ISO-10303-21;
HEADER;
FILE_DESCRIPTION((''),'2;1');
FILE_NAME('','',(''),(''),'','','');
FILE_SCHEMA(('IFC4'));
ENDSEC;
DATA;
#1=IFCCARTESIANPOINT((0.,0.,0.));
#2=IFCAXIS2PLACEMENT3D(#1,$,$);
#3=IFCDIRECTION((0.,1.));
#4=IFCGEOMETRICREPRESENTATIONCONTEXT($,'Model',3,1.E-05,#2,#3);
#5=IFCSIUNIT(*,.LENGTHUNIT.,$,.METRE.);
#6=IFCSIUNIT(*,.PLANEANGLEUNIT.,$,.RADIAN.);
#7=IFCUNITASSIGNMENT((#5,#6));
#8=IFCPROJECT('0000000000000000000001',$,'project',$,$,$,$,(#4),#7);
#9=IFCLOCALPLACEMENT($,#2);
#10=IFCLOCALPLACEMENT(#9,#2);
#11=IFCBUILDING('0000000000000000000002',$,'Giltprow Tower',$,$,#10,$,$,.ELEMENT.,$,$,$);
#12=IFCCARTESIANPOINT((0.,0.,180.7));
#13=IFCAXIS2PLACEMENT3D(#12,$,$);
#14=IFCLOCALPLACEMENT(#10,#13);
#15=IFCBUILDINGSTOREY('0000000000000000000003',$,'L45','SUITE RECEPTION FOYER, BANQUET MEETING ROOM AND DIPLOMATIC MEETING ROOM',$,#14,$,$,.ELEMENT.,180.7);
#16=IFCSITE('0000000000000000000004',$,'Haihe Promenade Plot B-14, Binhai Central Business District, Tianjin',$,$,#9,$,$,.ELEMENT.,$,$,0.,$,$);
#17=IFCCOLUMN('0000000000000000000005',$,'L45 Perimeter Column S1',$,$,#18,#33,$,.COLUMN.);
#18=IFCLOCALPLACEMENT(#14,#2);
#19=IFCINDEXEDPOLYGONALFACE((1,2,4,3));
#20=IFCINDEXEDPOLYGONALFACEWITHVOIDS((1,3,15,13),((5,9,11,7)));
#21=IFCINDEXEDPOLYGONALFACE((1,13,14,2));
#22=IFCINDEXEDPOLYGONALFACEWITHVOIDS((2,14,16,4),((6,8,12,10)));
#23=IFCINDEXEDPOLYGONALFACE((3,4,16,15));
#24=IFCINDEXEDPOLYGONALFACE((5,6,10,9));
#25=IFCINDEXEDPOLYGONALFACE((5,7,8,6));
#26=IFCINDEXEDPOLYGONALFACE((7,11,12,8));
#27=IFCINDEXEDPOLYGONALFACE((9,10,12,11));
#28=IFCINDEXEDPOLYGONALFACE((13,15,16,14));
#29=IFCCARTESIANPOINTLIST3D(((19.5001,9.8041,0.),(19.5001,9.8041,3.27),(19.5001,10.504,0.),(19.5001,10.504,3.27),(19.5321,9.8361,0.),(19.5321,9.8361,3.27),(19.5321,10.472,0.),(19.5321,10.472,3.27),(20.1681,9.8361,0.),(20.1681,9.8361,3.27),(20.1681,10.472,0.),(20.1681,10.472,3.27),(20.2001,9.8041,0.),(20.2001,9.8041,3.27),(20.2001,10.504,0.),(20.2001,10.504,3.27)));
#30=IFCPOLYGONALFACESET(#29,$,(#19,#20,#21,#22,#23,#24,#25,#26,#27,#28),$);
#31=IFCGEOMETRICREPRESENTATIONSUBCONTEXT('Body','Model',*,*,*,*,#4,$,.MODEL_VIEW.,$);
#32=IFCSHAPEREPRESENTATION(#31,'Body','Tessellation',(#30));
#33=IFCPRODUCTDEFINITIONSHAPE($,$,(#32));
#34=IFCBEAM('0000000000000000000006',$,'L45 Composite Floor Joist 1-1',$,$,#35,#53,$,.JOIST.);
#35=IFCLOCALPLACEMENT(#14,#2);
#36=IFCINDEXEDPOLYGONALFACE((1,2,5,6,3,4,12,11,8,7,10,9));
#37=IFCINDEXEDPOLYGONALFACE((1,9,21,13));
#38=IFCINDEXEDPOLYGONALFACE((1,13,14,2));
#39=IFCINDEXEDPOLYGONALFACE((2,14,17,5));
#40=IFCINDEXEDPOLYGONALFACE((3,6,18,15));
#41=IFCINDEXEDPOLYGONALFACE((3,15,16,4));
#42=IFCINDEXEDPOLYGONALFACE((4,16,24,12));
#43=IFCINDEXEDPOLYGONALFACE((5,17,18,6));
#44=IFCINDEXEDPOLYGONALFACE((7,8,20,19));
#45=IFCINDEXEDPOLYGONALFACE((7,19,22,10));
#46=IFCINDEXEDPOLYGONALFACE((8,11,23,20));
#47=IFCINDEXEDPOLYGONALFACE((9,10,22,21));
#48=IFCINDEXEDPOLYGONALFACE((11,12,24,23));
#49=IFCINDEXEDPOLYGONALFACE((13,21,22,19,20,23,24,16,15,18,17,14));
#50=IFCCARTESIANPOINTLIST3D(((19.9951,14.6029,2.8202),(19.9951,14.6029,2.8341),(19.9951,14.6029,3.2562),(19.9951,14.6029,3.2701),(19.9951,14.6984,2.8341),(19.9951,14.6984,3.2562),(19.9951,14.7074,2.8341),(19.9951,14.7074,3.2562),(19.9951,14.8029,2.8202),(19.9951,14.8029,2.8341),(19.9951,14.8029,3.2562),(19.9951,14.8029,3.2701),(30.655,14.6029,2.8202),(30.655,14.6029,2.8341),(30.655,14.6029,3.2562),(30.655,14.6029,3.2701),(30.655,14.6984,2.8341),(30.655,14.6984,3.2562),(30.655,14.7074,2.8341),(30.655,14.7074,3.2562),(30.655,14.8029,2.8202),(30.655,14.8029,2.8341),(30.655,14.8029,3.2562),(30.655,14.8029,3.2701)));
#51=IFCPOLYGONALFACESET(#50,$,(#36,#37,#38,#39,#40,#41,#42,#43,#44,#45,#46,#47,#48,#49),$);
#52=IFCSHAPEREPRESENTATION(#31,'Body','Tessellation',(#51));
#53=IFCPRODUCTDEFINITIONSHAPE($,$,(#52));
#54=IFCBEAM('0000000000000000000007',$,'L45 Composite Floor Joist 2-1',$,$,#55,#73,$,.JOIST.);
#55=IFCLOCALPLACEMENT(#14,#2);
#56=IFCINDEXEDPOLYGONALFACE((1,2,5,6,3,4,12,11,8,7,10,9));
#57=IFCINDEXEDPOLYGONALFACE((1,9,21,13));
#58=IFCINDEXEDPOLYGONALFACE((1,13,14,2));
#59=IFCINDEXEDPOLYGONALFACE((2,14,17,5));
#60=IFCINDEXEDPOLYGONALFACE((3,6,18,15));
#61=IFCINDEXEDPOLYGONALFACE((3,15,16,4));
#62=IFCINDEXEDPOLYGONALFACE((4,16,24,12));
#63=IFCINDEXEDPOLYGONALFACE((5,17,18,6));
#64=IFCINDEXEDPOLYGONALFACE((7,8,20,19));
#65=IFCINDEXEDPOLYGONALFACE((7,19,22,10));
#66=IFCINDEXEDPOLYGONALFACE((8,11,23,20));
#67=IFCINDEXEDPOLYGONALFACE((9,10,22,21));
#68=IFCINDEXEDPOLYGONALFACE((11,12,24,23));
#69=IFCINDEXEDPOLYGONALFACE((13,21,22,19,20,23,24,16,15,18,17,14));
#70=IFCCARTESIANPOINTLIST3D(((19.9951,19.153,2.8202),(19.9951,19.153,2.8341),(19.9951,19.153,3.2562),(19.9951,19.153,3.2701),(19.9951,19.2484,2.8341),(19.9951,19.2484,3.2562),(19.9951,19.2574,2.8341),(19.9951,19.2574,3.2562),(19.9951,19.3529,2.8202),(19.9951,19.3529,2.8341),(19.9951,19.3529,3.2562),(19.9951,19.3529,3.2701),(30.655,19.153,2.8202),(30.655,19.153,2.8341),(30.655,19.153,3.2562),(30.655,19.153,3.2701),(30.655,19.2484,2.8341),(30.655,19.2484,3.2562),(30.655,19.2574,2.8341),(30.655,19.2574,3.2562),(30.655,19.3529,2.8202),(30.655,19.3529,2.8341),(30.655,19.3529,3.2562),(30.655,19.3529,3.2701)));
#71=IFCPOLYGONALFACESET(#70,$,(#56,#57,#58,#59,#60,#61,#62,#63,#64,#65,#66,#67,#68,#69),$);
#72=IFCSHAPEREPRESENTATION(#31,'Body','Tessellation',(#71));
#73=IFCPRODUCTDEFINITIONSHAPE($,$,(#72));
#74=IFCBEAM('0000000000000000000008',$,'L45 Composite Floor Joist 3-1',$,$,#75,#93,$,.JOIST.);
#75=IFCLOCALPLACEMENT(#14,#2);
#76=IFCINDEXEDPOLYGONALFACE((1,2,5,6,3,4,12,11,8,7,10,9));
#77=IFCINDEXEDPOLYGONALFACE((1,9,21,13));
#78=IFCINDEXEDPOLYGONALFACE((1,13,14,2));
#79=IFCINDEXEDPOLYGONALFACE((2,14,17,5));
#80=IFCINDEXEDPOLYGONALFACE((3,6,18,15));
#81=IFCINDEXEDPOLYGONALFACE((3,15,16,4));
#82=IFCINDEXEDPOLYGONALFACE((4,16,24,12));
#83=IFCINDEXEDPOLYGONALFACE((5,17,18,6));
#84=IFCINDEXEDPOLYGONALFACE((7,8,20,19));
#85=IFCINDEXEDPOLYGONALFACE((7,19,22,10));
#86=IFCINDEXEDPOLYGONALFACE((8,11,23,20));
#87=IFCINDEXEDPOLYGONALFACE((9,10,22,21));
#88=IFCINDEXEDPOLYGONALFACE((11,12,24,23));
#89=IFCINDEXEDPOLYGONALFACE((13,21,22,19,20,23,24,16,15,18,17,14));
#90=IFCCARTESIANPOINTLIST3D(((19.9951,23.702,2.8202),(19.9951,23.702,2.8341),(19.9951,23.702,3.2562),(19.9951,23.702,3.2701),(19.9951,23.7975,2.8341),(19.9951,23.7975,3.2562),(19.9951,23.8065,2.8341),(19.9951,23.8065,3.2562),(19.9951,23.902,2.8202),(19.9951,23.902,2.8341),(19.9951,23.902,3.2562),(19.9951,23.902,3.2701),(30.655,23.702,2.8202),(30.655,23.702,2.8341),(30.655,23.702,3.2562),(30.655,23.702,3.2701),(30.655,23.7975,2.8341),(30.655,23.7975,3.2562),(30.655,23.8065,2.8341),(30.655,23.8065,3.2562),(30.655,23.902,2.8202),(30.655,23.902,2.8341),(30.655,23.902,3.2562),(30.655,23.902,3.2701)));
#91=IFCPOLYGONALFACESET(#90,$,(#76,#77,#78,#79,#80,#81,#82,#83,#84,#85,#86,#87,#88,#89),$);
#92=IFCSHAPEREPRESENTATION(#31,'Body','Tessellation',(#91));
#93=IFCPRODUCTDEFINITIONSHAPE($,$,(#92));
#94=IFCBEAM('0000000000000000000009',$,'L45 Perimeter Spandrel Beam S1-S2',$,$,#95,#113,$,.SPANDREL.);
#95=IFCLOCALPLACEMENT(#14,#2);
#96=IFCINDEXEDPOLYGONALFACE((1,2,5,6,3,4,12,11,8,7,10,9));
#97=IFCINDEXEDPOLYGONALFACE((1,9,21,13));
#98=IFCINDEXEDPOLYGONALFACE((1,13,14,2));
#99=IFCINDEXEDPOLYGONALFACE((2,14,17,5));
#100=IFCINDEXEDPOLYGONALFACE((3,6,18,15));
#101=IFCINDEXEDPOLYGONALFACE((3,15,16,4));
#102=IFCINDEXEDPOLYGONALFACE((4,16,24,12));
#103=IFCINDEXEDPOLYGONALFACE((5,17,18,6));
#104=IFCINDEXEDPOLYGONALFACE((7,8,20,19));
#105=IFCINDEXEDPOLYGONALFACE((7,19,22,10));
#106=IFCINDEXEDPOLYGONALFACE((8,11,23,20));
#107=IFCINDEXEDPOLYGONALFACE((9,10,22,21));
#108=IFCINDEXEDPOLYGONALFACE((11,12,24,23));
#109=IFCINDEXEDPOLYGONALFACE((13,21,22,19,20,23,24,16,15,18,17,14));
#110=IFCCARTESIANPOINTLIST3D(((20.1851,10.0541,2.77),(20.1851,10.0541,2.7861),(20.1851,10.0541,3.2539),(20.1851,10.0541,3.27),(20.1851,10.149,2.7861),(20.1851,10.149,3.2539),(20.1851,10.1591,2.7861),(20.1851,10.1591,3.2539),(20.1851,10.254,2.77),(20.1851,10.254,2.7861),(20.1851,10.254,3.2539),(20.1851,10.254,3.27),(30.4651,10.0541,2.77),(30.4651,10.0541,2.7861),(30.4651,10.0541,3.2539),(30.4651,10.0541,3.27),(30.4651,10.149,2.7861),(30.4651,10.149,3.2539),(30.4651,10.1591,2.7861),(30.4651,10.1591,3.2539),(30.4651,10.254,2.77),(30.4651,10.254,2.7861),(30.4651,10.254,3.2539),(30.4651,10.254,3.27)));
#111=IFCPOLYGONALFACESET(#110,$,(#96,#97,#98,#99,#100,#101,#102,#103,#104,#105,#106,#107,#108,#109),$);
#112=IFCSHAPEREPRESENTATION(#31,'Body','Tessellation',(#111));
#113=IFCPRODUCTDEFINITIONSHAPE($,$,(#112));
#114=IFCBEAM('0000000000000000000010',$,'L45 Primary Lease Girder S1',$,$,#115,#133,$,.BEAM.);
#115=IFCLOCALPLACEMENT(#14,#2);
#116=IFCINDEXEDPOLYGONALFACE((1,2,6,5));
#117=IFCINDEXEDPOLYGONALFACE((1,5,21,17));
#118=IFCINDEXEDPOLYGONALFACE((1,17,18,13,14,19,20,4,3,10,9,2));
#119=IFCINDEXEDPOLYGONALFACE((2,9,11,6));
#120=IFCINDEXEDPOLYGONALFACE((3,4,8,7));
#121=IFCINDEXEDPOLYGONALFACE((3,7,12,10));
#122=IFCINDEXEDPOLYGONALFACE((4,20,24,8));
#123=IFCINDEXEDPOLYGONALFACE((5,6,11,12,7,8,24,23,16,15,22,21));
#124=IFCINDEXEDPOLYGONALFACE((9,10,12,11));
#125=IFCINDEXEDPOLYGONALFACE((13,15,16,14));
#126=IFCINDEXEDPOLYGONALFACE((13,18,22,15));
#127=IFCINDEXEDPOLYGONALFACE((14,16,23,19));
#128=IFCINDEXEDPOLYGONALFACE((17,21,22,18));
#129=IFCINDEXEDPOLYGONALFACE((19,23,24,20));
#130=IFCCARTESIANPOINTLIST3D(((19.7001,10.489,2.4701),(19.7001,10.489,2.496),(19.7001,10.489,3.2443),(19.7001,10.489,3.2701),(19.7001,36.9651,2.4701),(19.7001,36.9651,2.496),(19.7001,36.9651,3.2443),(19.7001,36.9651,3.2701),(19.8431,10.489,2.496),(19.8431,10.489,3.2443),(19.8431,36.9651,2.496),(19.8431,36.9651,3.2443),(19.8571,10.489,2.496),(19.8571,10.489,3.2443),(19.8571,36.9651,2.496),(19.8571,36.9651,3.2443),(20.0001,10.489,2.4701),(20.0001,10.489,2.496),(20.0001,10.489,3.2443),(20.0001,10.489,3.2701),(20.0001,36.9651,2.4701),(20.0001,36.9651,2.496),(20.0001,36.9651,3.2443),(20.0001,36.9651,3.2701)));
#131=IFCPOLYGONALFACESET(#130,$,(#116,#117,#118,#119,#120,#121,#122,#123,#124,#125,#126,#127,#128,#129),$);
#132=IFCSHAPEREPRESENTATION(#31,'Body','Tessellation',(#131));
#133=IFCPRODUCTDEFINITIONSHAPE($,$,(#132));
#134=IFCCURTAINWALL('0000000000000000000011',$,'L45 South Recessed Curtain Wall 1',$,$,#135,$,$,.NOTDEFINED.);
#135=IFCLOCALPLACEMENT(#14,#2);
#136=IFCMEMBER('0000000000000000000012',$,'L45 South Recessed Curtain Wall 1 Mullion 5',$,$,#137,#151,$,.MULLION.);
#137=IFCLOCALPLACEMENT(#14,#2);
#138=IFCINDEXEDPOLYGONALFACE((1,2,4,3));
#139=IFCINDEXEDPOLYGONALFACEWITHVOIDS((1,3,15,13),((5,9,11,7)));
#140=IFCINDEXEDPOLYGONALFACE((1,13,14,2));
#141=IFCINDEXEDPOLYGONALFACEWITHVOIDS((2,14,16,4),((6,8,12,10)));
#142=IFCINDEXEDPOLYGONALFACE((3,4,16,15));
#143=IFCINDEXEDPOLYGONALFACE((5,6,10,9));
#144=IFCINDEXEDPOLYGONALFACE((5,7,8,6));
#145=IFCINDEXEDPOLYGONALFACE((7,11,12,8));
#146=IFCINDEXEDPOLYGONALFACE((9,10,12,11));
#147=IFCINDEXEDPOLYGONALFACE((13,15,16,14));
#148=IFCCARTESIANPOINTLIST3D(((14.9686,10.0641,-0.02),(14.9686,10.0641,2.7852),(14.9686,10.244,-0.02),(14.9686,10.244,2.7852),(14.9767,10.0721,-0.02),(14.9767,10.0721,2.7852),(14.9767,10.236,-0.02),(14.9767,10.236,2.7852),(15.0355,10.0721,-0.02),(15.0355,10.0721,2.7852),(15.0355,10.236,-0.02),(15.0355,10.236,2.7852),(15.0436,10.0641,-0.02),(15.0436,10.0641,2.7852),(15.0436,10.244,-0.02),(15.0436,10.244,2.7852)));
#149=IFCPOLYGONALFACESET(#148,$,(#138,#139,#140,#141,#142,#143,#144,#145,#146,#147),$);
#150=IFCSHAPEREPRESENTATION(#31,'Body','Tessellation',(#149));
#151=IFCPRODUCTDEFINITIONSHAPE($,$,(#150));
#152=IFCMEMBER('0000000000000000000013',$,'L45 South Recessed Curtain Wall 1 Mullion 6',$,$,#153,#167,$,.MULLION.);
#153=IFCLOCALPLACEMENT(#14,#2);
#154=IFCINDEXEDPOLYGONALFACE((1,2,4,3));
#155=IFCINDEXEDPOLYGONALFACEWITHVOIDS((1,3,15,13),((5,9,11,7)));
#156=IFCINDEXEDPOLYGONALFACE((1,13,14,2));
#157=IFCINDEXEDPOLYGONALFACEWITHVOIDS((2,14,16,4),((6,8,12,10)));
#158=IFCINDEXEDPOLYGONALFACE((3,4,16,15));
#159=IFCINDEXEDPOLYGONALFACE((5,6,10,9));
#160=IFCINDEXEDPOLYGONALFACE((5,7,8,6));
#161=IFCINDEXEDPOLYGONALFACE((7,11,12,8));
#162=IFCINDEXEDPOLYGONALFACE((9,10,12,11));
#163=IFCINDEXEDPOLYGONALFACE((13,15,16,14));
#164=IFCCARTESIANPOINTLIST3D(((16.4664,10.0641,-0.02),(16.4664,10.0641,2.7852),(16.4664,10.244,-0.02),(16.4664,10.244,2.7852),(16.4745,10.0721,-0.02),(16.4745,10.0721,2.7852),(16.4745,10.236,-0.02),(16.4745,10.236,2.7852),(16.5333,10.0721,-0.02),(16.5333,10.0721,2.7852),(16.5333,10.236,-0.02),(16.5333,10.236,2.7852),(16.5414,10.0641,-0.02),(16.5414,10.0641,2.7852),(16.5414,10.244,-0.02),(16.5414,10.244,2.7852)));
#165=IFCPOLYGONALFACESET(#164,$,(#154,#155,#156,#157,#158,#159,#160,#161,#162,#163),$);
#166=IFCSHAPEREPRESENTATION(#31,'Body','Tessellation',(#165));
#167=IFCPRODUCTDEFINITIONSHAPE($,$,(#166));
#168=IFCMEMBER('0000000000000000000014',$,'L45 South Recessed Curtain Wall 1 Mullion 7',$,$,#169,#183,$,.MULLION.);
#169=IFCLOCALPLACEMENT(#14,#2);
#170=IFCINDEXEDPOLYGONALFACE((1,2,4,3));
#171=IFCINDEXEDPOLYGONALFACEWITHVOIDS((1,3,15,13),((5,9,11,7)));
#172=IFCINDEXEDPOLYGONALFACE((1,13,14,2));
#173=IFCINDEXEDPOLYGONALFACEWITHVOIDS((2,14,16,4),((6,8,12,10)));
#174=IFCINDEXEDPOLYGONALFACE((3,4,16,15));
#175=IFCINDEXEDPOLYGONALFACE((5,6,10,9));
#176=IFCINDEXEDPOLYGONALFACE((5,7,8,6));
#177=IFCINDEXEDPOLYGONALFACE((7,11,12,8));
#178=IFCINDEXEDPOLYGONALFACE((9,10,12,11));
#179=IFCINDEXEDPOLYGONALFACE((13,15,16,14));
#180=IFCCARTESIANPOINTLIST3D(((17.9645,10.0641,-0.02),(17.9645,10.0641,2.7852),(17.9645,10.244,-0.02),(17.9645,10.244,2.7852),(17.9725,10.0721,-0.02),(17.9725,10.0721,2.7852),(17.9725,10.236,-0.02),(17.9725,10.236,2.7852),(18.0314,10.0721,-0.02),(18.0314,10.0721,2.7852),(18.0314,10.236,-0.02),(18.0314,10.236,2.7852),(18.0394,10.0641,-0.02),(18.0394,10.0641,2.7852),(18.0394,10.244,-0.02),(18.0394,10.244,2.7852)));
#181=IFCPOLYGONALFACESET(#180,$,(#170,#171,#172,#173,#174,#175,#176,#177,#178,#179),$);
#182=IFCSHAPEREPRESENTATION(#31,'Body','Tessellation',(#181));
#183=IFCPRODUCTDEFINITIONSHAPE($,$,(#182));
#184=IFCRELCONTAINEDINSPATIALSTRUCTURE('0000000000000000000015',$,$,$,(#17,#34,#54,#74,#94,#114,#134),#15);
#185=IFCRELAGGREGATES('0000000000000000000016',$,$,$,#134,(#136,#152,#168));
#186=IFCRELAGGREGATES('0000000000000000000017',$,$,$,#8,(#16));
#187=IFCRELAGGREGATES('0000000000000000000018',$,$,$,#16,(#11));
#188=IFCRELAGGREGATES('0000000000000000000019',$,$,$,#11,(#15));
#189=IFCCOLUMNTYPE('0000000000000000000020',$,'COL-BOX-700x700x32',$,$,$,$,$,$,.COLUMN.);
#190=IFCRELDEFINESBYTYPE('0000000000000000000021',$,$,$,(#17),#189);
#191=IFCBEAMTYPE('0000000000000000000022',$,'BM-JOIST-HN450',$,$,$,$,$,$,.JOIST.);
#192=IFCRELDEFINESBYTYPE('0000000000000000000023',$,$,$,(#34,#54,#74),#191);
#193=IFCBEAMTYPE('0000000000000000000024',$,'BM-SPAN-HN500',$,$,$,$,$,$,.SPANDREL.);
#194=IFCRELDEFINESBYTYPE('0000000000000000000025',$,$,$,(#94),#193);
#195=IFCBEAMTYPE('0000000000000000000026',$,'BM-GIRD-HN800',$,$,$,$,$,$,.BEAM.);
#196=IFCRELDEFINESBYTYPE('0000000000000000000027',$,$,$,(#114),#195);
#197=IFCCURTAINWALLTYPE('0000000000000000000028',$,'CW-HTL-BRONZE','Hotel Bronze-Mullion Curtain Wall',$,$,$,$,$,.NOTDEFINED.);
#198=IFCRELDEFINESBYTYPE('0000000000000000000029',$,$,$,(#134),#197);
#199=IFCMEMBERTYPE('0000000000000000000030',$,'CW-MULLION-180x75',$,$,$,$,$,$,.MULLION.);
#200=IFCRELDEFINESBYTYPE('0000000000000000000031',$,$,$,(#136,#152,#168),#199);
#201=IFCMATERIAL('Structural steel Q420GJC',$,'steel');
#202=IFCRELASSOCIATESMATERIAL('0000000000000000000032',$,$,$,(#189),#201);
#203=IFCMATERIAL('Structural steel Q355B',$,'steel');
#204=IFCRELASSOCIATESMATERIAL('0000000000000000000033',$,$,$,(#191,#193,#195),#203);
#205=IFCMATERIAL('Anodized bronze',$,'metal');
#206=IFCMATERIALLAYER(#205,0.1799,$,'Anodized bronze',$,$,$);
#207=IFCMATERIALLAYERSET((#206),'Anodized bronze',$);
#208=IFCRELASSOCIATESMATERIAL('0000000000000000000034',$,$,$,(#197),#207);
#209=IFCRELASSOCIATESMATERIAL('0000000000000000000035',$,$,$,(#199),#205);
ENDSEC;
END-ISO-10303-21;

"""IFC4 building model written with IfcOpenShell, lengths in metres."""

from ifc_helpers import new_model, si_unit, direction, frame, origin, origin_2d, place, context, subcontext, project, spatial, hollow_rectangle, i_section, extrude, source, transform, mapped, material, layer, layer_set, material_profile, profile_set, type_object, element, aggregate, save


model = new_model("IFC4")

# Units and contexts
model_context = context("Model", 3, precision=1e-05, world=origin(), true_north=direction((0.0, 1.0)))
body_context = subcontext(model_context, "Body", "Model", "MODEL_VIEW")
ifc_project = project(units=[si_unit("LENGTHUNIT", "METRE"), si_unit("PLANEANGLEUNIT", "RADIAN")], contexts=[model_context])

# Site, building, storey
site_placement = place(None, origin())
site = spatial("IfcSite", under=ifc_project, at=site_placement, Name="Haihe Promenade Plot B-14, Binhai Central Business District, Tianjin", CompositionType="ELEMENT", RefElevation=0.0)
building_placement = place(site_placement, origin())
building = spatial("IfcBuilding", under=site, at=building_placement, Name="Giltprow Tower", CompositionType="ELEMENT")
storey_placement = place(building_placement, frame((0.0, 0.0, 180.7)))
storey = spatial("IfcBuildingStorey", under=building, at=storey_placement, Name="L45", Description="SUITE RECEPTION FOYER, BANQUET MEETING ROOM AND DIPLOMATIC MEETING ROOM", CompositionType="ELEMENT", Elevation=180.7)

# Column
ifc_material_1 = material(Name="Structural steel Q420GJC", Category="steel")
ifc_material_profile_1 = material_profile(ifc_material_1, hollow_rectangle(XDim=0.7, YDim=0.7, WallThickness=0.032, at=origin_2d()), Name="BOX 700x700x32")
ifc_profile_set_1 = profile_set([ifc_material_profile_1], Name="Structural steel Q420GJC")
column_type = type_object("IfcColumnType", Name="COL-BOX-700x700x32", PredefinedType="COLUMN", material=ifc_profile_set_1)
shared_shape_1 = source(origin(), body_context, "Body", "SweptSolid", [
    extrude(hollow_rectangle(XDim=0.7, YDim=0.7, WallThickness=0.032, at=origin_2d()), origin(), (0.0, 0.0, 1.0), 3.27),
])
column_placement = place(storey_placement, frame((19.8501, 10.1541, 0.0), z_axis=(0.0, 0.0, 1.0), x_axis=(1.0, 0.0, 0.0)))
element("IfcColumn", 1, at=column_placement, inside=storey, type_object=column_type, Name="L45 Perimeter Column S1", PredefinedType="COLUMN", context=body_context, shape_type="MappedRepresentation", body=[
    mapped(shared_shape_1, transform((0.0, 0.0, 0.0), x_axis=(1.0, 0.0, 0.0), y_axis=(0.0, 1.0, 0.0), z_axis=(0.0, 0.0, 1.0), scale=1.0)),
])

# Beams
ifc_material_2 = material(Name="Structural steel Q355B", Category="steel")
ifc_material_profile_2 = material_profile(ifc_material_2, i_section(OverallWidth=0.2, OverallDepth=0.45, WebThickness=0.009, FlangeThickness=0.0139, at=origin_2d()), Name="HN 450x200x9x14")
ifc_profile_set_2 = profile_set([ifc_material_profile_2], Name="Structural steel Q355B")
beam_type_1 = type_object("IfcBeamType", Name="BM-JOIST-HN450", PredefinedType="JOIST", material=ifc_profile_set_2)
shared_shape_2 = source(origin(), body_context, "Body", "SweptSolid", [
    extrude(i_section(OverallWidth=0.2, OverallDepth=0.45, WebThickness=0.009, FlangeThickness=0.0139, at=origin_2d()), origin(), (0.0, 0.0, 1.0), 10.6599),
])
for number, where, z_axis, x_axis, name in (
    (2, (19.9951, 14.7029, 3.0452), (1.0, 0.0, 0.0), (0.0, 1.0, 0.0), "L45 Composite Floor Joist 1-1"),
    (3, (19.9951, 19.2529, 3.0452), (1.0, 0.0, 0.0), (0.0, 1.0, 0.0), "L45 Composite Floor Joist 2-1"),
    (4, (19.9951, 23.802, 3.0452), (1.0, 0.0, 0.0), (0.0, 1.0, 0.0), "L45 Composite Floor Joist 3-1"),
):
    element("IfcBeam", number, at=place(storey_placement, frame(where, z_axis=z_axis, x_axis=x_axis)), inside=storey, type_object=beam_type_1, Name=name, PredefinedType="JOIST", context=body_context, shape_type="MappedRepresentation", body=[
        mapped(shared_shape_2, transform((0.0, 0.0, 0.0), x_axis=(1.0, 0.0, 0.0), y_axis=(0.0, 1.0, 0.0), z_axis=(0.0, 0.0, 1.0), scale=1.0)),
    ])
ifc_material_profile_3 = material_profile(ifc_material_2, i_section(OverallWidth=0.2, OverallDepth=0.5, WebThickness=0.01, FlangeThickness=0.0161, at=origin_2d()), Name="HN 500x200x10x16")
ifc_profile_set_3 = profile_set([ifc_material_profile_3], Name="Structural steel Q355B")
beam_type_2 = type_object("IfcBeamType", Name="BM-SPAN-HN500", PredefinedType="SPANDREL", material=ifc_profile_set_3)
shared_shape_3 = source(origin(), body_context, "Body", "SweptSolid", [
    extrude(i_section(OverallWidth=0.2, OverallDepth=0.5, WebThickness=0.01, FlangeThickness=0.0161, at=origin_2d()), origin(), (0.0, 0.0, 1.0), 10.28),
])
beam_1_placement = place(storey_placement, frame((20.1851, 10.1541, 3.02), z_axis=(1.0, 0.0, 0.0), x_axis=(0.0, 1.0, 0.0)))
element("IfcBeam", 5, at=beam_1_placement, inside=storey, type_object=beam_type_2, Name="L45 Perimeter Spandrel Beam S1-S2", PredefinedType="SPANDREL", context=body_context, shape_type="MappedRepresentation", body=[
    mapped(shared_shape_3, transform((0.0, 0.0, 0.0), x_axis=(1.0, 0.0, 0.0), y_axis=(0.0, 1.0, 0.0), z_axis=(0.0, 0.0, 1.0), scale=1.0)),
])
ifc_material_profile_4 = material_profile(ifc_material_2, i_section(OverallWidth=0.3, OverallDepth=0.8, WebThickness=0.0139, FlangeThickness=0.0259, at=origin_2d()), Name="HN 800x300x14x26")
ifc_profile_set_4 = profile_set([ifc_material_profile_4], Name="Structural steel Q355B")
beam_type_3 = type_object("IfcBeamType", Name="BM-GIRD-HN800", PredefinedType="BEAM", material=ifc_profile_set_4)
shared_shape_4 = source(origin(), body_context, "Body", "SweptSolid", [
    extrude(i_section(OverallWidth=0.3, OverallDepth=0.8, WebThickness=0.0139, FlangeThickness=0.0259, at=origin_2d()), origin(), (0.0, 0.0, 1.0), 26.4761),
])
beam_2_placement = place(storey_placement, frame((19.8501, 10.489, 2.8701), z_axis=(0.0, 1.0, 0.0), x_axis=(-1.0, 0.0, 0.0)))
element("IfcBeam", 6, at=beam_2_placement, inside=storey, type_object=beam_type_3, Name="L45 Primary Lease Girder S1", PredefinedType="BEAM", context=body_context, shape_type="MappedRepresentation", body=[
    mapped(shared_shape_4, transform((0.0, 0.0, 0.0), x_axis=(1.0, 0.0, 0.0), y_axis=(0.0, 1.0, 0.0), z_axis=(0.0, 0.0, 1.0), scale=1.0)),
])

# Curtain wall, members
ifc_material_3 = material(Name="Anodized bronze", Category="metal")
ifc_layer_1 = layer(ifc_material_3, 0.1799, Name="Anodized bronze")
ifc_layer_set_1 = layer_set([ifc_layer_1], Name="Anodized bronze")
curtain_wall_type = type_object("IfcCurtainWallType", Name="CW-HTL-BRONZE", Description="Hotel Bronze-Mullion Curtain Wall", PredefinedType="NOTDEFINED", material=ifc_layer_set_1)
curtain_wall_placement = place(storey_placement, origin())
curtain_wall = element("IfcCurtainWall", 7, at=curtain_wall_placement, inside=storey, type_object=curtain_wall_type, Name="L45 South Recessed Curtain Wall 1", PredefinedType="NOTDEFINED")
ifc_material_profile_5 = material_profile(ifc_material_3, hollow_rectangle(XDim=0.075, YDim=0.1799, WallThickness=0.0081, at=origin_2d()), Name="RHS 180x75x8")
ifc_profile_set_5 = profile_set([ifc_material_profile_5], Name="Anodized bronze")
member_type = type_object("IfcMemberType", Name="CW-MULLION-180x75", PredefinedType="MULLION", material=ifc_profile_set_5)
shared_shape_5 = source(origin(), body_context, "Body", "SweptSolid", [
    extrude(hollow_rectangle(XDim=0.075, YDim=0.1799, WallThickness=0.0081, at=origin_2d()), origin(), (0.0, 0.0, 1.0), 2.8052),
])
member_1_placement = place(storey_placement, frame((15.0061, 10.1541, -0.02), z_axis=(0.0, 0.0, 1.0), x_axis=(1.0, 0.0, 0.0)))
member_1 = element("IfcMember", 8, at=member_1_placement, type_object=member_type, Name="L45 South Recessed Curtain Wall 1 Mullion 5", PredefinedType="MULLION", context=body_context, shape_type="MappedRepresentation", body=[
    mapped(shared_shape_5, transform((0.0, 0.0, 0.0), x_axis=(1.0, 0.0, 0.0), y_axis=(0.0, 1.0, 0.0), z_axis=(0.0, 0.0, 1.0), scale=1.0)),
])
member_2_placement = place(storey_placement, frame((16.5039, 10.1541, -0.02), z_axis=(0.0, 0.0, 1.0), x_axis=(1.0, 0.0, 0.0)))
member_2 = element("IfcMember", 9, at=member_2_placement, type_object=member_type, Name="L45 South Recessed Curtain Wall 1 Mullion 6", PredefinedType="MULLION", context=body_context, shape_type="MappedRepresentation", body=[
    mapped(shared_shape_5, transform((0.0, 0.0, 0.0), x_axis=(1.0, 0.0, 0.0), y_axis=(0.0, 1.0, 0.0), z_axis=(0.0, 0.0, 1.0), scale=1.0)),
])
member_3_placement = place(storey_placement, frame((18.002, 10.1541, -0.02), z_axis=(0.0, 0.0, 1.0), x_axis=(1.0, 0.0, 0.0)))
member_3 = element("IfcMember", 10, at=member_3_placement, type_object=member_type, Name="L45 South Recessed Curtain Wall 1 Mullion 7", PredefinedType="MULLION", context=body_context, shape_type="MappedRepresentation", body=[
    mapped(shared_shape_5, transform((0.0, 0.0, 0.0), x_axis=(1.0, 0.0, 0.0), y_axis=(0.0, 1.0, 0.0), z_axis=(0.0, 0.0, 1.0), scale=1.0)),
])
aggregate(curtain_wall, [member_1, member_2, member_3])

save(model, "model.ifc")
